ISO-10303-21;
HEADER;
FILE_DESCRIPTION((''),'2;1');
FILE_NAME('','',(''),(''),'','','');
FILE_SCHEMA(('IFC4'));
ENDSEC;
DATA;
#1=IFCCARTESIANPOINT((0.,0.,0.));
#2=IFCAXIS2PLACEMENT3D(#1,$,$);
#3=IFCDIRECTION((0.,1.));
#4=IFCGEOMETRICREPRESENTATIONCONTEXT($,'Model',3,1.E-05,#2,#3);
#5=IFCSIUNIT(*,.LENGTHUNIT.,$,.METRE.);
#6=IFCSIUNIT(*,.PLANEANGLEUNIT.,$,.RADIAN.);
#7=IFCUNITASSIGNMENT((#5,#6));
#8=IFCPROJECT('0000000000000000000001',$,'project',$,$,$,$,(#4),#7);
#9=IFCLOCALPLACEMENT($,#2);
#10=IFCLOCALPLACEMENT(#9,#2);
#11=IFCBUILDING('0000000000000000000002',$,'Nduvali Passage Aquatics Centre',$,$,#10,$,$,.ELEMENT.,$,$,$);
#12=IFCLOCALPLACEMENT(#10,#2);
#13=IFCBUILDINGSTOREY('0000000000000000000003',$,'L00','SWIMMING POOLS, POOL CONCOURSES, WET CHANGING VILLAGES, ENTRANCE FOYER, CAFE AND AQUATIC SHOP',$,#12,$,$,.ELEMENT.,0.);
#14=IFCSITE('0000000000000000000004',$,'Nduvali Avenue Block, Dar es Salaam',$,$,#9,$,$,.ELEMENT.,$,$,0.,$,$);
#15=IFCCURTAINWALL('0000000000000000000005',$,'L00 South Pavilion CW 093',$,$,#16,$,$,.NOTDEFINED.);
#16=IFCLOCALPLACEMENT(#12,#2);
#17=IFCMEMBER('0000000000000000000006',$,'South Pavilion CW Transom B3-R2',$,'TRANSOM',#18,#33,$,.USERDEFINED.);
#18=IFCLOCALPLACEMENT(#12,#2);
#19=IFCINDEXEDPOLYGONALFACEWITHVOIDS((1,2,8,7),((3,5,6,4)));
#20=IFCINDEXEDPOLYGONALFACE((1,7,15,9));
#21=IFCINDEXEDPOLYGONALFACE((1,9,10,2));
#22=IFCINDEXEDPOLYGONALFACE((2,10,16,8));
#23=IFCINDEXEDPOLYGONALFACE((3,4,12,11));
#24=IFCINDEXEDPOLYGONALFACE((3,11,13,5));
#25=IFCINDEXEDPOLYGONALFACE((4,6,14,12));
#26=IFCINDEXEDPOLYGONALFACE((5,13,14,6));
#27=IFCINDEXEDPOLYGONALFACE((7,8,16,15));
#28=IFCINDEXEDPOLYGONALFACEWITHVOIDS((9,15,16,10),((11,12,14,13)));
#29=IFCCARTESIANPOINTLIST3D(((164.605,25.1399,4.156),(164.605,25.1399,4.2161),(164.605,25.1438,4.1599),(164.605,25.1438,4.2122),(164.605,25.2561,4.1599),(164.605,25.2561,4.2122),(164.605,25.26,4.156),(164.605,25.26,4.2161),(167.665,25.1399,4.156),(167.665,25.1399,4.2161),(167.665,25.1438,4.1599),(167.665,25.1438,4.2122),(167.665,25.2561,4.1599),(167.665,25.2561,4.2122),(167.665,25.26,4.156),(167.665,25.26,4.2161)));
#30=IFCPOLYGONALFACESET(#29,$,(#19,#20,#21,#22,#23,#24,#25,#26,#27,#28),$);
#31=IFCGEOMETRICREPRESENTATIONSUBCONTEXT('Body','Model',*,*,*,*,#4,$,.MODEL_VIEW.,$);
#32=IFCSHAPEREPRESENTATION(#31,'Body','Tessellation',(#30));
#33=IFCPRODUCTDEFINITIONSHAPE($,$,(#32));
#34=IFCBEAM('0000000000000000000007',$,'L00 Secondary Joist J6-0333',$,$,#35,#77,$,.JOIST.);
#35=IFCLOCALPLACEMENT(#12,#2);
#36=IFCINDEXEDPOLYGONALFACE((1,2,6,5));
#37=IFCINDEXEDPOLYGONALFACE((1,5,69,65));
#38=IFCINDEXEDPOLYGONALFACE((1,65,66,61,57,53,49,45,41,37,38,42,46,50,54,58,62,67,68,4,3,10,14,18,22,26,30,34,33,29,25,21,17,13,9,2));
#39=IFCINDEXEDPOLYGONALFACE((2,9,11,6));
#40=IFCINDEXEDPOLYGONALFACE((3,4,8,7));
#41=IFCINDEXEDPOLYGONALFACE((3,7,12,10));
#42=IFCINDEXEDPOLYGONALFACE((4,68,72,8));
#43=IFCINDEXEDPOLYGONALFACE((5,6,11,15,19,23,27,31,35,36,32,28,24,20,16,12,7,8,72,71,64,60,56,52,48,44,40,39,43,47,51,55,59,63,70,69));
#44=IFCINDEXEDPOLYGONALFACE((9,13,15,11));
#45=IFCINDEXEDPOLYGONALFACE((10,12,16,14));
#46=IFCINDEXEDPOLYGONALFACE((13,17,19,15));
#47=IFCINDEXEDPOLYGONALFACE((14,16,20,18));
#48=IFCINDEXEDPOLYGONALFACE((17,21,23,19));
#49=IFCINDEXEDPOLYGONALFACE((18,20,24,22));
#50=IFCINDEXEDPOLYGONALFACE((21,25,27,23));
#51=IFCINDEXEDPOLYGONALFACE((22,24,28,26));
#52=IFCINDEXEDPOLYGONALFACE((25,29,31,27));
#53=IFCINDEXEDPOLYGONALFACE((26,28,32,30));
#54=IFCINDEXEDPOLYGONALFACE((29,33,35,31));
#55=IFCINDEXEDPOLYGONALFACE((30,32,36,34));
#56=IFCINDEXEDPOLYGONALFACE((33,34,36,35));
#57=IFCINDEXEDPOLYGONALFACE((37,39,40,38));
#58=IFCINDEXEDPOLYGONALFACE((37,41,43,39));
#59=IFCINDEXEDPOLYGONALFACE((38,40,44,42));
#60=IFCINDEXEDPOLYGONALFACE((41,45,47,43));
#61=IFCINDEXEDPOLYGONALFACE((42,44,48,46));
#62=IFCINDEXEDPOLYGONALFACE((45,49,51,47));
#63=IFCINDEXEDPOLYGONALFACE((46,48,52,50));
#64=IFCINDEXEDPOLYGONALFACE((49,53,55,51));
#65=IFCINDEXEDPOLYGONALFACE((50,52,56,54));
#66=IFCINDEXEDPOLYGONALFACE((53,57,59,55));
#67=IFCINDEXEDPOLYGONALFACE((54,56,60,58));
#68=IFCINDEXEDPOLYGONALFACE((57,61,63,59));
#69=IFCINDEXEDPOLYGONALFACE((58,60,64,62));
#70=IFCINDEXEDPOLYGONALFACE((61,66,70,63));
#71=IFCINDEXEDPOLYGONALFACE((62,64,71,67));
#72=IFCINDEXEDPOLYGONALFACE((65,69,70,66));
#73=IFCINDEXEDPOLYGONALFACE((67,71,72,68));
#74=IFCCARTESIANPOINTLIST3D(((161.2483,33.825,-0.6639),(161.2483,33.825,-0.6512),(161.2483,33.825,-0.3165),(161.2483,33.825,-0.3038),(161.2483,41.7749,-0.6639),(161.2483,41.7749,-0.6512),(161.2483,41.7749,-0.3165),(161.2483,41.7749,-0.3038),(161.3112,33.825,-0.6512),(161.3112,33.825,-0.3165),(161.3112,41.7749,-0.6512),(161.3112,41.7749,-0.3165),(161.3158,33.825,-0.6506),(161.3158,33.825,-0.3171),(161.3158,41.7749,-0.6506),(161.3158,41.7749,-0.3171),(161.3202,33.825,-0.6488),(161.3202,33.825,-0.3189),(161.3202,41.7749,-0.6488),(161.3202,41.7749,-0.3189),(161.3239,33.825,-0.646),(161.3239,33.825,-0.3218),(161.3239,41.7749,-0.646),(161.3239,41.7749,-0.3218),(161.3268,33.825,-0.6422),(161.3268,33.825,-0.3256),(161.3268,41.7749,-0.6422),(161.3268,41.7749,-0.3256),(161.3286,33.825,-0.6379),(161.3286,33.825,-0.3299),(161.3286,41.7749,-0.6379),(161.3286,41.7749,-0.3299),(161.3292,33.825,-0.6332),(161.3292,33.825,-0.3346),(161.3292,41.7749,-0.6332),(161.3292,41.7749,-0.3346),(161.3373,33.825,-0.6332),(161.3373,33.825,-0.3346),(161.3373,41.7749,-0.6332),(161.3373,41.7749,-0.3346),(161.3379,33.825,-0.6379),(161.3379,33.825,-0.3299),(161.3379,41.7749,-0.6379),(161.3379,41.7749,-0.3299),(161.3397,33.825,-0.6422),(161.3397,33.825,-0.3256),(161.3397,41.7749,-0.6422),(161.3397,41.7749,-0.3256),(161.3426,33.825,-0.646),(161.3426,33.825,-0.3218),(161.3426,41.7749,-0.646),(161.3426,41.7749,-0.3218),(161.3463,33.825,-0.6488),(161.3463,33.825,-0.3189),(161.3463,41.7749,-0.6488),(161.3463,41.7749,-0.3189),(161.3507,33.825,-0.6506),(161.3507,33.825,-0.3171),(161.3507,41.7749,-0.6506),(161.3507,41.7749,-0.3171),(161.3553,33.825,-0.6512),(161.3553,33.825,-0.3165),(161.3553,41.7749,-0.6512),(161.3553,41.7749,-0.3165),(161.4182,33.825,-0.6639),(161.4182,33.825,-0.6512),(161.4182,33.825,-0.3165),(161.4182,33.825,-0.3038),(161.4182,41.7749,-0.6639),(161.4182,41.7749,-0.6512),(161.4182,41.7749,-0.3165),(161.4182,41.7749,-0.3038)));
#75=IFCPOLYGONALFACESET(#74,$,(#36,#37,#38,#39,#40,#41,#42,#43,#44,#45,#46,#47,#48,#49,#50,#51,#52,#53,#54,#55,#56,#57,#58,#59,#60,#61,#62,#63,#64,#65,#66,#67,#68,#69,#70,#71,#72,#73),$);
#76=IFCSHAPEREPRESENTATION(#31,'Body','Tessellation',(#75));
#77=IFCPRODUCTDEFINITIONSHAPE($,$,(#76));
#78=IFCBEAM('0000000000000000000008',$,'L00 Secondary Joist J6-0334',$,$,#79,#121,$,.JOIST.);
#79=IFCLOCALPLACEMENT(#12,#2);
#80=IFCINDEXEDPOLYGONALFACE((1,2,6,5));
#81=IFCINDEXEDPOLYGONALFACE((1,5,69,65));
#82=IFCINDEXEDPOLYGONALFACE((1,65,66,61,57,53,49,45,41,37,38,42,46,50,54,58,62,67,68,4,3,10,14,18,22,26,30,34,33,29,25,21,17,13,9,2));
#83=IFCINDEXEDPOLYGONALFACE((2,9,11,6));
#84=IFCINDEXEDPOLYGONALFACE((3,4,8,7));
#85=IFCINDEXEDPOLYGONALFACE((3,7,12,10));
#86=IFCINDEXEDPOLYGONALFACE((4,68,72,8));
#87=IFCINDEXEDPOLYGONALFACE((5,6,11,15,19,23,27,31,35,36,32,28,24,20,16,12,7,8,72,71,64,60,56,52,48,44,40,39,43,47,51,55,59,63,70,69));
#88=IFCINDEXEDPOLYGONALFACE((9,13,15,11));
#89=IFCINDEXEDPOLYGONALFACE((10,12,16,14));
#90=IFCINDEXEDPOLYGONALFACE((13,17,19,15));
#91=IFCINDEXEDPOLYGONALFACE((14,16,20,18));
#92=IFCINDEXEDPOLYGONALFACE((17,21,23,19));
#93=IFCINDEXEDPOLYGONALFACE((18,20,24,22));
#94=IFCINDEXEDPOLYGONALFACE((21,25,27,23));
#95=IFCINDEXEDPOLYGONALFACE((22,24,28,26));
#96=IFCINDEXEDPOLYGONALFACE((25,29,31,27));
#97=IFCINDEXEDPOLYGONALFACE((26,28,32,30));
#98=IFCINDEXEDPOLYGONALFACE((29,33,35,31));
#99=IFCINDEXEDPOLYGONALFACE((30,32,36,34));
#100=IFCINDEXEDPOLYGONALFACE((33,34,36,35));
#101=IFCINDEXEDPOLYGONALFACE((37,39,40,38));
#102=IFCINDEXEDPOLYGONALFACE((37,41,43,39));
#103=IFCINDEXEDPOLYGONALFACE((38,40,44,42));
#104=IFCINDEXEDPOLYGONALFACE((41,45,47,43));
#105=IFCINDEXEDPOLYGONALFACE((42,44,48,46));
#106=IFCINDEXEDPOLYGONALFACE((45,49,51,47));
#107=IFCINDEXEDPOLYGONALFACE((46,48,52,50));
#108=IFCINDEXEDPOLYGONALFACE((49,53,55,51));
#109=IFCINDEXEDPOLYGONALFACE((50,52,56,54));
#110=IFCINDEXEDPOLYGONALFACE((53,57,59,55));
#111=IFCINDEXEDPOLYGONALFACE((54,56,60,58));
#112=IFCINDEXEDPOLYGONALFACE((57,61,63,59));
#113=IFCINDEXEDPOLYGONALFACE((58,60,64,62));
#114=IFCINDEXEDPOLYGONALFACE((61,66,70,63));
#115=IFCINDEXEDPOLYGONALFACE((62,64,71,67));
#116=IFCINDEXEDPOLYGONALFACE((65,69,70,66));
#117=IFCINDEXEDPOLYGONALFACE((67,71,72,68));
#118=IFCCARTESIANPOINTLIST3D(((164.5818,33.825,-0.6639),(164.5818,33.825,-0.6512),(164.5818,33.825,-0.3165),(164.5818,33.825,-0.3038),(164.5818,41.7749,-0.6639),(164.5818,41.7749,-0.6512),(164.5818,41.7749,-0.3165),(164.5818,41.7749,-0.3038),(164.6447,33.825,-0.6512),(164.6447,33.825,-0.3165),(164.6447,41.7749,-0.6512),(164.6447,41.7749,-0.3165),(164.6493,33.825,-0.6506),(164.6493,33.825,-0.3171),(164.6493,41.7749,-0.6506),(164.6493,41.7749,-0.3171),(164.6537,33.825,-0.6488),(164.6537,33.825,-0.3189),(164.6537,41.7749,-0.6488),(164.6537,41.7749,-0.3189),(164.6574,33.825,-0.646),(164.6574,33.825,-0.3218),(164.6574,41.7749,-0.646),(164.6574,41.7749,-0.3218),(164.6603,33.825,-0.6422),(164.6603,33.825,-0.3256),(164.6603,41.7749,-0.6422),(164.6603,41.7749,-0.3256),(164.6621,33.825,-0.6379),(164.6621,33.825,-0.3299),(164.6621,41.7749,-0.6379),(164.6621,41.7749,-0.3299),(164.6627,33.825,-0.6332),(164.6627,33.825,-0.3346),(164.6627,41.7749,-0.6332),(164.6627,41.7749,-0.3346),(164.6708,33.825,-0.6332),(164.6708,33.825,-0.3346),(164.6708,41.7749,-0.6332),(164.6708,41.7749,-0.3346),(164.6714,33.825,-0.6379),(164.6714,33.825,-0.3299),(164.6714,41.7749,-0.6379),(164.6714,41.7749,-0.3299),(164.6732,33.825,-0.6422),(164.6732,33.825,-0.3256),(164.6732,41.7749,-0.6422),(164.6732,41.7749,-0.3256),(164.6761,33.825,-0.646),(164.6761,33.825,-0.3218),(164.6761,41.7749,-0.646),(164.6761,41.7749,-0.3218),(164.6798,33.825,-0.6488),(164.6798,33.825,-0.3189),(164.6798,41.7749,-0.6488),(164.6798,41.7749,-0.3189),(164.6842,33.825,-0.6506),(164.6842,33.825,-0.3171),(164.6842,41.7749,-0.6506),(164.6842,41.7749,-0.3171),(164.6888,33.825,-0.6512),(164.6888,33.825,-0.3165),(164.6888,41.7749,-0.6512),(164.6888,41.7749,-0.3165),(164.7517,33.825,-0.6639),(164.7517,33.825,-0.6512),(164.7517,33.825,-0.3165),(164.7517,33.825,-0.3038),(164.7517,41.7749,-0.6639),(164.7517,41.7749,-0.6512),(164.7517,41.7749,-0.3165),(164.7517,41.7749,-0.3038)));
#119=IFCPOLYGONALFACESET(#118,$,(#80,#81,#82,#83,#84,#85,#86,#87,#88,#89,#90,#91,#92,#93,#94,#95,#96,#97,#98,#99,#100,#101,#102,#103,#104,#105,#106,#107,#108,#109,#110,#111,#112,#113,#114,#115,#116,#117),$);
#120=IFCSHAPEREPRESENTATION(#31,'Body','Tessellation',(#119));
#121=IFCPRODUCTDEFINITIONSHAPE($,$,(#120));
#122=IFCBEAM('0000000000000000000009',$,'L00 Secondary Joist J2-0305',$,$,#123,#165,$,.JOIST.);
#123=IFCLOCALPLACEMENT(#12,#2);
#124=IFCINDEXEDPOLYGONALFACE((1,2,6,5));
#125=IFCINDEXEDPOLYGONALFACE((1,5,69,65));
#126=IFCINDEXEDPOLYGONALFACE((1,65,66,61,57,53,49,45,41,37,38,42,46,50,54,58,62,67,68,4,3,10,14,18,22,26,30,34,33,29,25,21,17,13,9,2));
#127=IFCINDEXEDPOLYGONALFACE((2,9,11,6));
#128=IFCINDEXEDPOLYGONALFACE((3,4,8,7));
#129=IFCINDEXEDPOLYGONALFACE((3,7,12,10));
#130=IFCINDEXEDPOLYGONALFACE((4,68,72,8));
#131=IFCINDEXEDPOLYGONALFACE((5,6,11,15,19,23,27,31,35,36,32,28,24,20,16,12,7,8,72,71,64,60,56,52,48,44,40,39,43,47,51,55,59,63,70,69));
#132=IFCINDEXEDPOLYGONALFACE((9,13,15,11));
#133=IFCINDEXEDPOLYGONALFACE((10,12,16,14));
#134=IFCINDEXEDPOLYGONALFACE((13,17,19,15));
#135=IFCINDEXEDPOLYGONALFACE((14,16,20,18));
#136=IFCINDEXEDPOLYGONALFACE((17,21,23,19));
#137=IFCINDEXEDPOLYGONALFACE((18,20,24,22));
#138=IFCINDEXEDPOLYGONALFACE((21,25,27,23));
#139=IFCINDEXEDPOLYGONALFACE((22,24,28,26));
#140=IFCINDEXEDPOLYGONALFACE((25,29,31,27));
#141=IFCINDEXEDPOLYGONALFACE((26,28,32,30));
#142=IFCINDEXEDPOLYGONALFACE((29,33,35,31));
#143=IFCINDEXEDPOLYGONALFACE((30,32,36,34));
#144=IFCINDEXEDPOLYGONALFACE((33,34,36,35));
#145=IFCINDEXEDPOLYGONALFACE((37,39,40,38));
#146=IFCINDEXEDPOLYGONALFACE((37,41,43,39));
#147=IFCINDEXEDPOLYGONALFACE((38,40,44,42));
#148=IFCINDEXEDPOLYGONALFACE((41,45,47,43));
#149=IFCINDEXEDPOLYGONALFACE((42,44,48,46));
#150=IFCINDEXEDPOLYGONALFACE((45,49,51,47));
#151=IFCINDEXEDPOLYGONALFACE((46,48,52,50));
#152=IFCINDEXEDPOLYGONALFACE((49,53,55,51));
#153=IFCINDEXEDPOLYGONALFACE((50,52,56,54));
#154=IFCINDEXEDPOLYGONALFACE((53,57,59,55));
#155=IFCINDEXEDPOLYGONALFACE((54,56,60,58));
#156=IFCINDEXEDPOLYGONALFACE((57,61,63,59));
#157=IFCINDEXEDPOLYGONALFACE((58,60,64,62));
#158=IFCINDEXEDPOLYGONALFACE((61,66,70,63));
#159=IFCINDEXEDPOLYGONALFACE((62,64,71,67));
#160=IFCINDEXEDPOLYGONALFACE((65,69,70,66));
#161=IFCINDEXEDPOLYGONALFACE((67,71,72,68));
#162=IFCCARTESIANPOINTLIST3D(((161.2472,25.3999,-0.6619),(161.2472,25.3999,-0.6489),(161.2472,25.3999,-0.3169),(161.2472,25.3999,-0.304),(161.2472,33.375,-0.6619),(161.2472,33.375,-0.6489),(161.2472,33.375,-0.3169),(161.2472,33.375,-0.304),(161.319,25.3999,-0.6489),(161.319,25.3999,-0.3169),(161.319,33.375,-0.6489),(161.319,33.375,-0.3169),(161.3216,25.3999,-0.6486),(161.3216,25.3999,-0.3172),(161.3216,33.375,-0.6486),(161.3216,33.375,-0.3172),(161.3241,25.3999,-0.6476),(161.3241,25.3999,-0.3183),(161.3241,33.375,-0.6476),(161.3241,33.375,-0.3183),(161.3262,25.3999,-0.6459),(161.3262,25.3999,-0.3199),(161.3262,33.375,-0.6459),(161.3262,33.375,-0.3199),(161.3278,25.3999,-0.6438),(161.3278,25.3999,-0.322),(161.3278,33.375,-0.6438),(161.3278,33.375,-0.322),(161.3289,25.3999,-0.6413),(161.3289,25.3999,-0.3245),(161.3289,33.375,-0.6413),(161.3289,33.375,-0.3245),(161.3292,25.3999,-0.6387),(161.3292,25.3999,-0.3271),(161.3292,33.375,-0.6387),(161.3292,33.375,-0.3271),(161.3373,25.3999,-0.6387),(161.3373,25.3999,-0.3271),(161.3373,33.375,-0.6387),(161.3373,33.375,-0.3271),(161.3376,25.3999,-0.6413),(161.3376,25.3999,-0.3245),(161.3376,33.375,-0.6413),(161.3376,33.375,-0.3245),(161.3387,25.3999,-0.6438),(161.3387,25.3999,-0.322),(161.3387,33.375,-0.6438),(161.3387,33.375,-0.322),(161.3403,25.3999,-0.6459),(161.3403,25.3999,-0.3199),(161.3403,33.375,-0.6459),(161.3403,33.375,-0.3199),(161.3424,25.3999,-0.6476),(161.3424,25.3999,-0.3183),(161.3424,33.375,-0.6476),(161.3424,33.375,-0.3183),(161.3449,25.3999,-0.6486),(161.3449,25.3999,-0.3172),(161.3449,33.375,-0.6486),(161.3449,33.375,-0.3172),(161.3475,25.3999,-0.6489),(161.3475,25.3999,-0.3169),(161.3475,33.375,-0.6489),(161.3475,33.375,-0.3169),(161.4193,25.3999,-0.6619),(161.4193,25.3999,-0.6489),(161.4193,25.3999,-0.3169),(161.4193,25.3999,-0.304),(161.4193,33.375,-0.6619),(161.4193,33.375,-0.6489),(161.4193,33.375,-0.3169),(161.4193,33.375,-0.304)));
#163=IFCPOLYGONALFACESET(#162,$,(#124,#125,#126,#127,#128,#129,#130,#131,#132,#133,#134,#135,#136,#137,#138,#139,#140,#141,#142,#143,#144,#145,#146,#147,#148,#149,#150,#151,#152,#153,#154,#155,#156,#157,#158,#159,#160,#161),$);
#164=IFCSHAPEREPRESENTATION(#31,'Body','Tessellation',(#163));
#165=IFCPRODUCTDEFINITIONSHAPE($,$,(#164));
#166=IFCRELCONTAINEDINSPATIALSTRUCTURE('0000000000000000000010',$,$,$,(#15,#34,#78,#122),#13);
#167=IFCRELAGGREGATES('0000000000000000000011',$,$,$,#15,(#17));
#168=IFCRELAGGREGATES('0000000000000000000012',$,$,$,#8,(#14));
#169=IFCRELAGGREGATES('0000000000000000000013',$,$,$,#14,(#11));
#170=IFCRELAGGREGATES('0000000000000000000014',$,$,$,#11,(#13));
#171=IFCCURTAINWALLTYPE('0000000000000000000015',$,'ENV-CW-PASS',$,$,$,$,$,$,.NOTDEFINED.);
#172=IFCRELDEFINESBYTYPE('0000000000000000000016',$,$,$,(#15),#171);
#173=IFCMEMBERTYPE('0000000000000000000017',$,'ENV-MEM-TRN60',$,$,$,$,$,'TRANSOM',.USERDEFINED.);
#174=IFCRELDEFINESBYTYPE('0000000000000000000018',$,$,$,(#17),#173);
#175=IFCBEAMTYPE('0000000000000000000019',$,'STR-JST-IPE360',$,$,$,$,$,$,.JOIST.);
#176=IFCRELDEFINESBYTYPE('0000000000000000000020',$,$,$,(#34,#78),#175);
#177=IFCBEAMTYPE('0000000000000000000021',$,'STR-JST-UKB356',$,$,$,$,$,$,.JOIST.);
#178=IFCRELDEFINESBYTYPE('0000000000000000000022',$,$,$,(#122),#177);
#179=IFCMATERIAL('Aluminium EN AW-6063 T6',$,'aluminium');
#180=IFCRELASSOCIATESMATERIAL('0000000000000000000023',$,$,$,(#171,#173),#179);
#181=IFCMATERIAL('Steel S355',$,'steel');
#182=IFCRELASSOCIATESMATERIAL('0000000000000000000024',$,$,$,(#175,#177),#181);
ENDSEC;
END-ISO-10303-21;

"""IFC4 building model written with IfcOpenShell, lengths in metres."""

from ifc_helpers import new_model, si_unit, direction, frame, origin, origin_2d, place, context, subcontext, project, spatial, hollow_rectangle, i_section, extrude, material, material_profile, profile_set, type_object, element, aggregate, save


model = new_model("IFC4")

# Units and contexts
model_context = context("Model", 3, precision=1e-05, world=origin(), true_north=direction((0.0, 1.0)))
body_context = subcontext(model_context, "Body", "Model", "MODEL_VIEW")
ifc_project = project(units=[si_unit("LENGTHUNIT", "METRE"), si_unit("PLANEANGLEUNIT", "RADIAN")], contexts=[model_context])

# Site, building, storey
site_placement = place(None, origin())
site = spatial("IfcSite", under=ifc_project, at=site_placement, Name="Nduvali Avenue Block, Dar es Salaam", CompositionType="ELEMENT", RefElevation=0.0)
building_placement = place(site_placement, origin())
building = spatial("IfcBuilding", under=site, at=building_placement, Name="Nduvali Passage Aquatics Centre", CompositionType="ELEMENT")
storey_placement = place(building_placement, origin())
storey = spatial("IfcBuildingStorey", under=building, at=storey_placement, Name="L00", Description="SWIMMING POOLS, POOL CONCOURSES, WET CHANGING VILLAGES, ENTRANCE FOYER, CAFE AND AQUATIC SHOP", CompositionType="ELEMENT", Elevation=0.0)

# Shared definitions
ifc_material_1 = material(Name="Aluminium EN AW-6063 T6", Category="aluminium")

# Curtain wall, member
curtain_wall_type_1 = type_object("IfcCurtainWallType", Name="ENV-CW-PASS", PredefinedType="NOTDEFINED", material=ifc_material_1)
curtain_wall_1_placement = place(storey_placement, origin())
curtain_wall_1 = element("IfcCurtainWall", 1, at=curtain_wall_1_placement, inside=storey, type_object=curtain_wall_type_1, Name="L00 South Pavilion CW 093", PredefinedType="NOTDEFINED")
ifc_material_profile_1 = material_profile(ifc_material_1, hollow_rectangle(XDim=0.1201, YDim=0.0601, WallThickness=0.0039, at=origin_2d()), Name="ALU TRANSOM 120x60x4")
ifc_profile_set_1 = profile_set([ifc_material_profile_1], Name="Aluminium EN AW-6063 T6")
member_type_1 = type_object("IfcMemberType", Name="ENV-MEM-TRN60", ElementType="TRANSOM", PredefinedType="USERDEFINED", material=ifc_profile_set_1)
member_1_placement = place(storey_placement, frame((164.605, 25.2, 4.186), z_axis=(1.0, 0.0, 0.0), x_axis=(0.0, 1.0, 0.0)))
member_1 = element("IfcMember", 2, at=member_1_placement, type_object=member_type_1, Name="South Pavilion CW Transom B3-R2", ObjectType="TRANSOM", PredefinedType="USERDEFINED", context=body_context, shape_type="SweptSolid", body=[
    extrude(hollow_rectangle(XDim=0.1201, YDim=0.0601, WallThickness=0.0039, at=origin_2d()), origin(), (0.0, 0.0, 1.0), 3.0601),
])

# Beams
ifc_material_2 = material(Name="Steel S355", Category="steel")
ifc_material_profile_2 = material_profile(ifc_material_2, i_section(OverallWidth=0.1699, OverallDepth=0.3601, WebThickness=0.0081, FlangeThickness=0.0127, FilletRadius=0.0181, at=origin_2d()), Name="IPE 360")
ifc_profile_set_2 = profile_set([ifc_material_profile_2], Name="Steel S355")
beam_type_1 = type_object("IfcBeamType", Name="STR-JST-IPE360", PredefinedType="JOIST", material=ifc_profile_set_2)
for number, where, z_axis, x_axis, name in (
    (3, (161.3333, 33.825, -0.4839), (0.0, 1.0, 0.0), (-1.0, 0.0, 0.0), "L00 Secondary Joist J6-0333"),
    (4, (164.6667, 33.825, -0.4839), (0.0, 1.0, 0.0), (-1.0, 0.0, 0.0), "L00 Secondary Joist J6-0334"),
):
    element("IfcBeam", number, at=place(storey_placement, frame(where, z_axis=z_axis, x_axis=x_axis)), inside=storey, type_object=beam_type_1, Name=name, PredefinedType="JOIST", context=body_context, shape_type="SweptSolid", body=[
        extrude(i_section(OverallWidth=0.1699, OverallDepth=0.3601, WebThickness=0.0081, FlangeThickness=0.0127, FilletRadius=0.0181, at=origin_2d()), origin(), (0.0, 0.0, 1.0), 7.95),
    ])
ifc_material_profile_3 = material_profile(ifc_material_2, i_section(OverallWidth=0.1721, OverallDepth=0.3579, WebThickness=0.0081, FlangeThickness=0.0129, FilletRadius=0.0103, at=origin_2d()), Name="UKB 356x171x57")
ifc_profile_set_3 = profile_set([ifc_material_profile_3], Name="Steel S355")
beam_type_2 = type_object("IfcBeamType", Name="STR-JST-UKB356", PredefinedType="JOIST", material=ifc_profile_set_3)
for number, where, z_axis, x_axis, name in (
    (5, (161.3333, 25.3999, -0.4829), (0.0, 1.0, 0.0), (-1.0, 0.0, 0.0), "L00 Secondary Joist J2-0305"),
):
    element("IfcBeam", number, at=place(storey_placement, frame(where, z_axis=z_axis, x_axis=x_axis)), inside=storey, type_object=beam_type_2, Name=name, PredefinedType="JOIST", context=body_context, shape_type="SweptSolid", body=[
        extrude(i_section(OverallWidth=0.1721, OverallDepth=0.3579, WebThickness=0.0081, FlangeThickness=0.0129, FilletRadius=0.0103, at=origin_2d()), origin(), (0.0, 0.0, 1.0), 7.9751),
    ])

aggregate(curtain_wall_1, [member_1])

save(model, "model.ifc")
